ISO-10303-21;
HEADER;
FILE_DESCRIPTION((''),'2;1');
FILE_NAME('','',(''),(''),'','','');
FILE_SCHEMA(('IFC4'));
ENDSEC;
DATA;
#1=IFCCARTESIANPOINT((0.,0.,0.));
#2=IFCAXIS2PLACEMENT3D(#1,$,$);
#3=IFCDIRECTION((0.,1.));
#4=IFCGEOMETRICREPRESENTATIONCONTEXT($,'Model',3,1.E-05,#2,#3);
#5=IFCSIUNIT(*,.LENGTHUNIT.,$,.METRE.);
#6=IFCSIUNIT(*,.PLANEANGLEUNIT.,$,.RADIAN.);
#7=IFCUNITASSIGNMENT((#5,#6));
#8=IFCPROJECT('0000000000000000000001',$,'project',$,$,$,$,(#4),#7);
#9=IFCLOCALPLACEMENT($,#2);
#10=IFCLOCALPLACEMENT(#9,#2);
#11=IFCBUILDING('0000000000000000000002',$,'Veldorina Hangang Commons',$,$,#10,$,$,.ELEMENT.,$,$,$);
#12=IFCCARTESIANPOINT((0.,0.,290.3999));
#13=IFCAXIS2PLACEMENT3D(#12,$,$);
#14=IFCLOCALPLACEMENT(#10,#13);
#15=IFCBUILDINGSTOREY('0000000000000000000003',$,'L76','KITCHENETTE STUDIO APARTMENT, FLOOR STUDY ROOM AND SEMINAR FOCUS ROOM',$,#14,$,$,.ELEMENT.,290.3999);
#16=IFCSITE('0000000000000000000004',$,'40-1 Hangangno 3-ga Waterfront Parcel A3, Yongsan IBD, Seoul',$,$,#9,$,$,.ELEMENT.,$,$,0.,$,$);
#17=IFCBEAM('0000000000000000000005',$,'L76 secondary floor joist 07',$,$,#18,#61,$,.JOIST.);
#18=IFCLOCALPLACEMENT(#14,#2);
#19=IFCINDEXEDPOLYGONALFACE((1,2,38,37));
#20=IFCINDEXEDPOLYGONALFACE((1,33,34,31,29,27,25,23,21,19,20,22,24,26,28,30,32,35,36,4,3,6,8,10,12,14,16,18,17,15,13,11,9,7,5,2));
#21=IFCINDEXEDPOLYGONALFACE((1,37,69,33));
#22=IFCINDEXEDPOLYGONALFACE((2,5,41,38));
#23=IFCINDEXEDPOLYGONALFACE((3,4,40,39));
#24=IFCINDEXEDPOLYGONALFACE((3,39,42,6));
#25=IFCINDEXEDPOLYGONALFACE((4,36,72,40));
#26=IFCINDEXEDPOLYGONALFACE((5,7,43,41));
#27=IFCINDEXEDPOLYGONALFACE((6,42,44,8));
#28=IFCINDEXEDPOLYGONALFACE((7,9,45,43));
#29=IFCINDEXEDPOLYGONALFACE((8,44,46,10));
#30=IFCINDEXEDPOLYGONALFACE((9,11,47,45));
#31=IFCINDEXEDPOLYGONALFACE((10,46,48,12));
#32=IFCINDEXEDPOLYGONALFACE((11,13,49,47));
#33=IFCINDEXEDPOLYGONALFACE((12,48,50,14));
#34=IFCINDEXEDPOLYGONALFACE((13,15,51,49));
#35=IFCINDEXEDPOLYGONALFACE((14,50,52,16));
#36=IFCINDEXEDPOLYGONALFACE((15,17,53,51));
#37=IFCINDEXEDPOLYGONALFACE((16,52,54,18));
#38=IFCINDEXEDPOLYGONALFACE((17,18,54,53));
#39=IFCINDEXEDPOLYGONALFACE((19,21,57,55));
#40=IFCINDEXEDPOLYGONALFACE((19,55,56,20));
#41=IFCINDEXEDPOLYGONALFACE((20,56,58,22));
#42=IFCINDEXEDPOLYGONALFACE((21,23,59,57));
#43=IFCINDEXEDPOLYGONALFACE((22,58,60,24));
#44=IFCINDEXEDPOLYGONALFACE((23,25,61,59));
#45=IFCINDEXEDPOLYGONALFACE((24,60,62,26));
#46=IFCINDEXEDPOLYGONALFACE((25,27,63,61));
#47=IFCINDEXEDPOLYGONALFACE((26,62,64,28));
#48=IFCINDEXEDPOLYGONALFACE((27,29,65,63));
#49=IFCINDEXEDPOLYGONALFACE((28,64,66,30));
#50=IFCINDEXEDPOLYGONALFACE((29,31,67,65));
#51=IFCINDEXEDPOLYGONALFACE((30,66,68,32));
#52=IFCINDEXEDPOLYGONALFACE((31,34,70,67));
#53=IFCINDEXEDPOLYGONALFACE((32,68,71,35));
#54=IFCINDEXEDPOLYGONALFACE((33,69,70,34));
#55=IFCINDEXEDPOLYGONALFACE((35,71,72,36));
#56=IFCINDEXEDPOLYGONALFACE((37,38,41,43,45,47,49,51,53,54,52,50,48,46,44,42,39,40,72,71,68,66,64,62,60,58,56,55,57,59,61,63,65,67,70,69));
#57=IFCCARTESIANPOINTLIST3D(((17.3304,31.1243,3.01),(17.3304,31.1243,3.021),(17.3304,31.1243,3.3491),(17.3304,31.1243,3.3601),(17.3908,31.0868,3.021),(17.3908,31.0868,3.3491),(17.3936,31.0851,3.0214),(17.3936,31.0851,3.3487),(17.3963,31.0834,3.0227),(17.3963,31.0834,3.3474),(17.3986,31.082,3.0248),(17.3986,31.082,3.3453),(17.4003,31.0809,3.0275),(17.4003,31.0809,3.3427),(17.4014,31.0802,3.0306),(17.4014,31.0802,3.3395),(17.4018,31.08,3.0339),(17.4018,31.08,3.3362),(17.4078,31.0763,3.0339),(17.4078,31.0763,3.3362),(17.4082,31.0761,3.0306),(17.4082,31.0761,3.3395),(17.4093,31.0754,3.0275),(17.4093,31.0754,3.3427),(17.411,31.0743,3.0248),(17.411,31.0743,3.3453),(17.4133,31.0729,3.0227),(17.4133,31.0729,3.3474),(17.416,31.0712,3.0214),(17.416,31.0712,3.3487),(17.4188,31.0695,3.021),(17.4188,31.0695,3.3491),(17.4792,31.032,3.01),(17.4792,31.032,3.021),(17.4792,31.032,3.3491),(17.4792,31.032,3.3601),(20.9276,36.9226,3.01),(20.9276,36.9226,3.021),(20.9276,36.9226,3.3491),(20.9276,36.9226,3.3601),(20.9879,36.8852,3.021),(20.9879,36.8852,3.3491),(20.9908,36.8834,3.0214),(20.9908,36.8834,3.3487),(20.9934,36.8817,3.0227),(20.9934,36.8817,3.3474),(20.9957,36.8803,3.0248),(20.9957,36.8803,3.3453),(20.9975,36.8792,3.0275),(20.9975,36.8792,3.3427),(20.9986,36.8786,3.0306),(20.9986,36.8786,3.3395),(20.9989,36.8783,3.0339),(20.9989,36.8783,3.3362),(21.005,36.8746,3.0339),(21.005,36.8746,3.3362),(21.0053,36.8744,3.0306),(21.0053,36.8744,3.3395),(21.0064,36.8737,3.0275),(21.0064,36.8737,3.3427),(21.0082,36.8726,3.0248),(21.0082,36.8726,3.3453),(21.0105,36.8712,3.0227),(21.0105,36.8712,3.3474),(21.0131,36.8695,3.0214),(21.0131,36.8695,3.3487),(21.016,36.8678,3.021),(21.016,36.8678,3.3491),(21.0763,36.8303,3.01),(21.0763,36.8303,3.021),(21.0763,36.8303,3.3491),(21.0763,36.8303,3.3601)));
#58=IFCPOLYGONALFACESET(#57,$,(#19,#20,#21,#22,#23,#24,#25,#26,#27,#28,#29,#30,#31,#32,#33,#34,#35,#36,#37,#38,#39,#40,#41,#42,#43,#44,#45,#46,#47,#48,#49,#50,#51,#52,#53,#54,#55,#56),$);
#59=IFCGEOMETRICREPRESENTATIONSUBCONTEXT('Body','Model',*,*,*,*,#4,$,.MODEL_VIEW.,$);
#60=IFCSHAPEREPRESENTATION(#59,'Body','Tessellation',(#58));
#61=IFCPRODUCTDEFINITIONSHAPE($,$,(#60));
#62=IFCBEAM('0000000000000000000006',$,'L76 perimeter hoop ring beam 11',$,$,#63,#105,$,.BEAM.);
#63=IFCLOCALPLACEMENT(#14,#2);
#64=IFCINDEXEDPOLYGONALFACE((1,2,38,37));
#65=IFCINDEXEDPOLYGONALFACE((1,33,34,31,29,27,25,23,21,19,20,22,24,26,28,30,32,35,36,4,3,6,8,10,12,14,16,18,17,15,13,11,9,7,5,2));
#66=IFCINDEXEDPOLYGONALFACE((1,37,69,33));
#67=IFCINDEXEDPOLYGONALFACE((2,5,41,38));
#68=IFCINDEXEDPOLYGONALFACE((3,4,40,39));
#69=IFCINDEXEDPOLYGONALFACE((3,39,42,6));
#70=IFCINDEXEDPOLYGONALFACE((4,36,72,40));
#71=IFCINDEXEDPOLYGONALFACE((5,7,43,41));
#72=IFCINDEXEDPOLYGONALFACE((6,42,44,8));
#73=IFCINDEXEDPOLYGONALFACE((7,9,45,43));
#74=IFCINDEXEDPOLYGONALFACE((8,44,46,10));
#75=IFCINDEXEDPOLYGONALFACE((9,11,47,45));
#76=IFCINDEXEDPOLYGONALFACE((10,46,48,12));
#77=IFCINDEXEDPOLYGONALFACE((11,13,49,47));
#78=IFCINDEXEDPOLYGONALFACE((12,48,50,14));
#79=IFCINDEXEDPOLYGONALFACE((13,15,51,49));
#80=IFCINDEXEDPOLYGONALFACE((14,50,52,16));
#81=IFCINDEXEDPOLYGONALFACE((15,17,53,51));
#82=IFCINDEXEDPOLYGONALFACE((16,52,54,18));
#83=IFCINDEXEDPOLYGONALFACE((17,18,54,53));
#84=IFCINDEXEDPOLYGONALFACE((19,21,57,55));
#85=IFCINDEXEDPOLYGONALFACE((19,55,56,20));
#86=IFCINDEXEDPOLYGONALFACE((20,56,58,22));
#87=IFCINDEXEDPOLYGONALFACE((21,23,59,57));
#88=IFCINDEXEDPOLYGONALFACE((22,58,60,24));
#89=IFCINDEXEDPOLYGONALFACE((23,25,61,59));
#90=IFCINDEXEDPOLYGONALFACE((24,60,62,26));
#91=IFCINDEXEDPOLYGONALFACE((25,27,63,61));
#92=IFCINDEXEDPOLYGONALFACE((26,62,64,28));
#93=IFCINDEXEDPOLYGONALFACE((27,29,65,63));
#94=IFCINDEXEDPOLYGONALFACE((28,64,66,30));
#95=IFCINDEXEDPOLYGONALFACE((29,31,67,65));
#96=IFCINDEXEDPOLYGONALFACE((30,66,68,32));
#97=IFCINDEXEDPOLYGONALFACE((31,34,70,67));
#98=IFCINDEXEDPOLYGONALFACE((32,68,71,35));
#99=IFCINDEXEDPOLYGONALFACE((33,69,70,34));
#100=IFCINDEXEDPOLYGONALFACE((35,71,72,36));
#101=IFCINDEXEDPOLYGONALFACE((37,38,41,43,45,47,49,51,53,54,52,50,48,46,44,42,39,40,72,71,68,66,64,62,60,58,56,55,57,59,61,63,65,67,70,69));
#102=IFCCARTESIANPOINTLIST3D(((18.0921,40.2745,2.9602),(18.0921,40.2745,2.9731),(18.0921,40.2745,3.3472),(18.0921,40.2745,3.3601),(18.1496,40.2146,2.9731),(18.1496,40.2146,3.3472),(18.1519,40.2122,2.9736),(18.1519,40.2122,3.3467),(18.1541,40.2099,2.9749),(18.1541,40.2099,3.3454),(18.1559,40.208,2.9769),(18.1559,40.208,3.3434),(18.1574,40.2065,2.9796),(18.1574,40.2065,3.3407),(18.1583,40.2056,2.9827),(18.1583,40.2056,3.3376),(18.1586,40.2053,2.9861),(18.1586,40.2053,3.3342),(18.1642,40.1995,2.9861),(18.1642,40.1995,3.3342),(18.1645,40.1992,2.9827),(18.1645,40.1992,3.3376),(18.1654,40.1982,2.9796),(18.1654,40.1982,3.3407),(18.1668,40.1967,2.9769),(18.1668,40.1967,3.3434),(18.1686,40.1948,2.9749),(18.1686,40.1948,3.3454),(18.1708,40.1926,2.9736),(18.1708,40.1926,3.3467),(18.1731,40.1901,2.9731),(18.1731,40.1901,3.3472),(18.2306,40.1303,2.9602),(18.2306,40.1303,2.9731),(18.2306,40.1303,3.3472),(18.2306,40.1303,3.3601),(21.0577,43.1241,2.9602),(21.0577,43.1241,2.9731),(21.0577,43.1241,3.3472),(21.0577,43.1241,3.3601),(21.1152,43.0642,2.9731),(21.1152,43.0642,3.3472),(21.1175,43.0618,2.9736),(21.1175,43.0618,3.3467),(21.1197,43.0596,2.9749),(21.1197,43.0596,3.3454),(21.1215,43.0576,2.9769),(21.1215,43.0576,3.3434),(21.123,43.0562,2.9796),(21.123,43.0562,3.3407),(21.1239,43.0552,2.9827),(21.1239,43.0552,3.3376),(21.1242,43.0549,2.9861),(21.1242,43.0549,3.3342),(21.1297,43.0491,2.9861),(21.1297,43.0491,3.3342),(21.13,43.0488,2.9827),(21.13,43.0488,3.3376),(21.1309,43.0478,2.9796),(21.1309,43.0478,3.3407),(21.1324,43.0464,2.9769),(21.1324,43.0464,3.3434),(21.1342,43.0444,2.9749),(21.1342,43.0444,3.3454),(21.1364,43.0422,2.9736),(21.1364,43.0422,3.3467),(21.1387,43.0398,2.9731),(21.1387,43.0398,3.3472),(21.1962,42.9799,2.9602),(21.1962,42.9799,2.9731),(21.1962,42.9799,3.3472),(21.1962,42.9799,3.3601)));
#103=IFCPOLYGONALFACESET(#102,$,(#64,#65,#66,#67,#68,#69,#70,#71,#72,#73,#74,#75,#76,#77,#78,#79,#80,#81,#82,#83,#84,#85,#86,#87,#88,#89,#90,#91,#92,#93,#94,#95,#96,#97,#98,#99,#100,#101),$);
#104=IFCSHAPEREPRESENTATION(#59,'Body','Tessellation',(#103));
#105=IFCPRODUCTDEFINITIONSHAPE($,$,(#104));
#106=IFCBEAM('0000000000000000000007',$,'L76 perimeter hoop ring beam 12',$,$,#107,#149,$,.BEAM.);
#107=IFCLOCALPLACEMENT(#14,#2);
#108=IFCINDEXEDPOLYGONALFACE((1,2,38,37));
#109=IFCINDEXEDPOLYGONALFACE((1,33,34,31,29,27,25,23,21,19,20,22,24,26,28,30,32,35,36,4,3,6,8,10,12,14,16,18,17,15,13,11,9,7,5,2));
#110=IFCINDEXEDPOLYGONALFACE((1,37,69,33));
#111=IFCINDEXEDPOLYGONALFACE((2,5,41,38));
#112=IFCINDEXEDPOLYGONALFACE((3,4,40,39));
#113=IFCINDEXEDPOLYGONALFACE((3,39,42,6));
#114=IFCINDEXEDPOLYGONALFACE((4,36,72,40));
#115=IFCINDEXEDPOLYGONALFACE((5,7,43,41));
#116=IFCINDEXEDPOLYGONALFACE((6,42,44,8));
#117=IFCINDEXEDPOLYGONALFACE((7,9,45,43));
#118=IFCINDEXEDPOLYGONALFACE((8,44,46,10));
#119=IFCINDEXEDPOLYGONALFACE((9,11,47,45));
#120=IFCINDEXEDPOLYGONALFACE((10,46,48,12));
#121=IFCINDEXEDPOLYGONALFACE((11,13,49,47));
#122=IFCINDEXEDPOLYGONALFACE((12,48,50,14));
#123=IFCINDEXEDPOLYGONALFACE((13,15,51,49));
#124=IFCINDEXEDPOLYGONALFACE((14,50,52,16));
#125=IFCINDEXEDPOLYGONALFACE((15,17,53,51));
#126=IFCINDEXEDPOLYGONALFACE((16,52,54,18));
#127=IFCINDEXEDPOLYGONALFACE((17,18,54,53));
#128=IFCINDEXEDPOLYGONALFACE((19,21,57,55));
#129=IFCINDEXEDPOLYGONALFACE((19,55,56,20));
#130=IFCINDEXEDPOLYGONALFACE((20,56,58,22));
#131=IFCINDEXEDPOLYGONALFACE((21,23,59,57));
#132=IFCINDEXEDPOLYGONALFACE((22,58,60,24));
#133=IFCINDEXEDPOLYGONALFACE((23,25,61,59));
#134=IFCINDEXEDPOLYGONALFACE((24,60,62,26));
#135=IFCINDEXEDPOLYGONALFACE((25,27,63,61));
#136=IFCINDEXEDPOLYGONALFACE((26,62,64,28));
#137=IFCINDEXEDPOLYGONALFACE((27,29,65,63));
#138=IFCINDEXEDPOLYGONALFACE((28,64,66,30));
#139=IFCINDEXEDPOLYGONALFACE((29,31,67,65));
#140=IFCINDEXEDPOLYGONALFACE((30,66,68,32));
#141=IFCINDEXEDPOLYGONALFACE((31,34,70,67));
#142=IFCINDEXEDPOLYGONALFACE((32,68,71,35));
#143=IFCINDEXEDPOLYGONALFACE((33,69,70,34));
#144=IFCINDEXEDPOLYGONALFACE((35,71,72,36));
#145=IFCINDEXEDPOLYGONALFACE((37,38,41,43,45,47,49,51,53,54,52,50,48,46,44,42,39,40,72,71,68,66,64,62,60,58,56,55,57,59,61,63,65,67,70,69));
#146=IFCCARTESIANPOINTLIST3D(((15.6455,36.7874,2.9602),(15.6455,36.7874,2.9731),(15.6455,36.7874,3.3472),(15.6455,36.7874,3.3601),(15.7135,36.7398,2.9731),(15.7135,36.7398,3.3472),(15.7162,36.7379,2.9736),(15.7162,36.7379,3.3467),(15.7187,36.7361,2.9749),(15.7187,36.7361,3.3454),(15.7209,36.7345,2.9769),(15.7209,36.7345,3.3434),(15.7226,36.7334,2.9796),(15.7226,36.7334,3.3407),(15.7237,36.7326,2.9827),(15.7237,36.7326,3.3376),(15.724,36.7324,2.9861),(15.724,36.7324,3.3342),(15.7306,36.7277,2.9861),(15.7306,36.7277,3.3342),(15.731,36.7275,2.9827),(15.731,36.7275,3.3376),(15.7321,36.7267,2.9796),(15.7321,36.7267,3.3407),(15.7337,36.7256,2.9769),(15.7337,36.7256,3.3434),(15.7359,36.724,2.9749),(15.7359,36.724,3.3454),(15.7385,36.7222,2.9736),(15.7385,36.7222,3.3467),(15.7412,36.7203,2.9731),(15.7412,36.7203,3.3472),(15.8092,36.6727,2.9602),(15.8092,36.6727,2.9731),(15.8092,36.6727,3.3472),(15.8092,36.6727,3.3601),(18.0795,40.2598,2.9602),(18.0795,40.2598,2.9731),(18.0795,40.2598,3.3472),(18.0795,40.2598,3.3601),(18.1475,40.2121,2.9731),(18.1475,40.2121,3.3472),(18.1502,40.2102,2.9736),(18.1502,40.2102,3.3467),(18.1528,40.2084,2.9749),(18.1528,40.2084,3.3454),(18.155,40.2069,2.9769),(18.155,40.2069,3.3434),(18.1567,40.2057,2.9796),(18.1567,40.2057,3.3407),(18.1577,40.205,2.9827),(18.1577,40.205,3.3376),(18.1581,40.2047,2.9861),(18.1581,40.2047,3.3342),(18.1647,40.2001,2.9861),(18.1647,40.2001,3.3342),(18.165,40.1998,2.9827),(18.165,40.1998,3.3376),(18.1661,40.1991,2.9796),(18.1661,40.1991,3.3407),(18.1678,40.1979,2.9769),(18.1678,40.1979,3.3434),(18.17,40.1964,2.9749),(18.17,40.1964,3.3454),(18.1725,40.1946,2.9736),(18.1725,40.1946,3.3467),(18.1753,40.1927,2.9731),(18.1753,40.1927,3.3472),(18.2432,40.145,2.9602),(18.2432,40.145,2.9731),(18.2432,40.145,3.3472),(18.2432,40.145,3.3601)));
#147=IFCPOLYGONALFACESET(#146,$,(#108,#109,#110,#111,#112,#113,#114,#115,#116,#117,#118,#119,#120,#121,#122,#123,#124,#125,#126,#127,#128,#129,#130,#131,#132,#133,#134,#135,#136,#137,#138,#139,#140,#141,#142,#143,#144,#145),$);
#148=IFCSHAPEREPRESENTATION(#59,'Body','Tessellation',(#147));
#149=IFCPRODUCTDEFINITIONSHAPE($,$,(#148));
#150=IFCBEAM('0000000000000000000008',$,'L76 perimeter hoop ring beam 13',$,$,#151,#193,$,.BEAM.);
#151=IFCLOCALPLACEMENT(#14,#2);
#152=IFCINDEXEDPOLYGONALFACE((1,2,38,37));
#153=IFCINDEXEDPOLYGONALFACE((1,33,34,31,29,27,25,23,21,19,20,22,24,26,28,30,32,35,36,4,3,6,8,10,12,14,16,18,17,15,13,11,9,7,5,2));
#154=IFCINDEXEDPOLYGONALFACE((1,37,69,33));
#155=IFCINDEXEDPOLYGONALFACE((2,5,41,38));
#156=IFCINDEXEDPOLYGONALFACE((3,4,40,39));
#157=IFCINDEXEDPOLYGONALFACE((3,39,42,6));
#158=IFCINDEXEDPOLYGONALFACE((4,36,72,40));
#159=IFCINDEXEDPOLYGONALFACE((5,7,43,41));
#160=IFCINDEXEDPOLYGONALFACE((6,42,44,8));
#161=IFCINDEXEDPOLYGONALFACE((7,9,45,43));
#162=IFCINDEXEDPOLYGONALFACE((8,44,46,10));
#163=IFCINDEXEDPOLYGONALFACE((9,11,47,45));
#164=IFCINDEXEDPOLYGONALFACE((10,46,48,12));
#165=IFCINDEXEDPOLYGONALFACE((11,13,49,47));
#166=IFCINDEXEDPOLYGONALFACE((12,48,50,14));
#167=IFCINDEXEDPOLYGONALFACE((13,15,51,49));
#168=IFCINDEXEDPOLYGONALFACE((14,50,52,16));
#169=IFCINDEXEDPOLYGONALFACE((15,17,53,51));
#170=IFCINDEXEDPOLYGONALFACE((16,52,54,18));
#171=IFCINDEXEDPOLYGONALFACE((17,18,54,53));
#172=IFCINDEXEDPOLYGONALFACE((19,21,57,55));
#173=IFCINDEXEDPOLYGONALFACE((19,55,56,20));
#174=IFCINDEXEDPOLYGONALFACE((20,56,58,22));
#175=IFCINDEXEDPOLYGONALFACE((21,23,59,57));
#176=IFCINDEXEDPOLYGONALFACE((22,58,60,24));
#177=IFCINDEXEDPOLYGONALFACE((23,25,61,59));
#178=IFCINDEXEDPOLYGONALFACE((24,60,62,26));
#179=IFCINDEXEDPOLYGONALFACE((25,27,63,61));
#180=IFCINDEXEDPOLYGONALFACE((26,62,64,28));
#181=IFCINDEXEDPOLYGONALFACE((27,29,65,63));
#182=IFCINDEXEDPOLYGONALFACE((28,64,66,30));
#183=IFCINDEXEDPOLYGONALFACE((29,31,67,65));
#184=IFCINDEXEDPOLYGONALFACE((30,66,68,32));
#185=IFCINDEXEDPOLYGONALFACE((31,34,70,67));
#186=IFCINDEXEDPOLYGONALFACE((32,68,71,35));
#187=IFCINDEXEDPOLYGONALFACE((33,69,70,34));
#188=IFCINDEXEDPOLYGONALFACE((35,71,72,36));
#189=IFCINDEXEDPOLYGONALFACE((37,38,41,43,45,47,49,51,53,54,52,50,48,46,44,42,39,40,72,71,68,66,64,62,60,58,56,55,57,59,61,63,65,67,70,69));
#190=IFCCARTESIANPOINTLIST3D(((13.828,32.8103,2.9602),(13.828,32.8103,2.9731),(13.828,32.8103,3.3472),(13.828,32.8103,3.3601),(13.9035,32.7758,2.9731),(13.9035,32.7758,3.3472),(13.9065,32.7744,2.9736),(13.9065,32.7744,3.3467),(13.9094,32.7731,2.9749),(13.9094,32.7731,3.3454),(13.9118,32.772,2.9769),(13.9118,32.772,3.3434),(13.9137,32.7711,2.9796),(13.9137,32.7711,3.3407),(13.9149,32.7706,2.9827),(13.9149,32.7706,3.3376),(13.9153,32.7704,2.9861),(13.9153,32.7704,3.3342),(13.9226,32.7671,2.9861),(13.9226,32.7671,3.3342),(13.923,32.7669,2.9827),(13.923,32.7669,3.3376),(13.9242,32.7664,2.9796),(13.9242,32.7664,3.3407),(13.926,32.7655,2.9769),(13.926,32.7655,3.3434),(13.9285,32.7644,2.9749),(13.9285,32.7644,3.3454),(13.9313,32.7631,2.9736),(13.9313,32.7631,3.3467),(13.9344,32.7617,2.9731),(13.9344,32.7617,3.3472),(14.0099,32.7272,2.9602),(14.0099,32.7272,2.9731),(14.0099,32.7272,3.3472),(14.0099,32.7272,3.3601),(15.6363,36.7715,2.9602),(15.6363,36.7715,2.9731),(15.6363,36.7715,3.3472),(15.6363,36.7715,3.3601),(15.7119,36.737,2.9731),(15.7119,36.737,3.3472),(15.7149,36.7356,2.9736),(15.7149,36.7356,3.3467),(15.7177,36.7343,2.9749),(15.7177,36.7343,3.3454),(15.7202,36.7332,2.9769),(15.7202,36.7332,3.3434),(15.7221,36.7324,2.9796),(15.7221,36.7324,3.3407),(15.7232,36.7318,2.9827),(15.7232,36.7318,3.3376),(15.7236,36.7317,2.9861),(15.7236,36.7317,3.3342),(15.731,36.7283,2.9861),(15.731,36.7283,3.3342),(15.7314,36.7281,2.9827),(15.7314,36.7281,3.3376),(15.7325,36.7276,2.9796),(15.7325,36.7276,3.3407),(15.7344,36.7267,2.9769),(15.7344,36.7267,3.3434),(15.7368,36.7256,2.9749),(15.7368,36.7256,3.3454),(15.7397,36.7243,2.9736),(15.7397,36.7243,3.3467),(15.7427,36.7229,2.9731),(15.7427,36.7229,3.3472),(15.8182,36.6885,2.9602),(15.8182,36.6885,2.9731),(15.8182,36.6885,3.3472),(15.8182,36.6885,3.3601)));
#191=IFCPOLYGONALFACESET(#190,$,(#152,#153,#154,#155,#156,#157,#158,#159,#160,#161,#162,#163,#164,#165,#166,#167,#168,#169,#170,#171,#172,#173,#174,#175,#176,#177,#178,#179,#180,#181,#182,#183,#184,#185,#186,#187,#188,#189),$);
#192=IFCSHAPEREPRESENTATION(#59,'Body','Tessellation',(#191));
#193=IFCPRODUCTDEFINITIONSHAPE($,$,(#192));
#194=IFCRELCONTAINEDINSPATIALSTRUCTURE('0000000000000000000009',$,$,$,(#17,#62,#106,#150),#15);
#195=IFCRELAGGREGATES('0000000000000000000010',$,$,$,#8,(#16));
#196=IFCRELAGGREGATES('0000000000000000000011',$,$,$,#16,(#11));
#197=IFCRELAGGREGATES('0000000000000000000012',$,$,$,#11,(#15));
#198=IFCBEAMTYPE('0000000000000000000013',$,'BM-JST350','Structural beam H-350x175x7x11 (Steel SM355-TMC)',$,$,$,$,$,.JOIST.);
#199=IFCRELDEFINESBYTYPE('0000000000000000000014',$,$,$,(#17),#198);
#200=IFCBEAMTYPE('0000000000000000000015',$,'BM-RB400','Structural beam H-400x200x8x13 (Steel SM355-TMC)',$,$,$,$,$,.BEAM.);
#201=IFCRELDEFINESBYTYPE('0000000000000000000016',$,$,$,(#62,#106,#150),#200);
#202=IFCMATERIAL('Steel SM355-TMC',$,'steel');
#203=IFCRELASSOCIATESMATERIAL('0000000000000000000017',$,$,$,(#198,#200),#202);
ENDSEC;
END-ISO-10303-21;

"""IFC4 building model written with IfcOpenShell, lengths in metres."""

from ifc_helpers import new_model, si_unit, direction, frame, origin, origin_2d, place, context, subcontext, project, spatial, i_section, extrude, material, material_profile, profile_set, type_object, element, save


model = new_model("IFC4")

# Units and contexts
model_context = context("Model", 3, precision=1e-05, world=origin(), true_north=direction((0.0, 1.0)))
body_context = subcontext(model_context, "Body", "Model", "MODEL_VIEW")
ifc_project = project(units=[si_unit("LENGTHUNIT", "METRE"), si_unit("PLANEANGLEUNIT", "RADIAN")], contexts=[model_context])

# Site, building, storey
site_placement = place(None, origin())
site = spatial("IfcSite", under=ifc_project, at=site_placement, Name="40-1 Hangangno 3-ga Waterfront Parcel A3, Yongsan IBD, Seoul", CompositionType="ELEMENT", RefElevation=0.0)
building_placement = place(site_placement, origin())
building = spatial("IfcBuilding", under=site, at=building_placement, Name="Veldorina Hangang Commons", CompositionType="ELEMENT")
storey_placement = place(building_placement, frame((0.0, 0.0, 290.3999)))
storey = spatial("IfcBuildingStorey", under=building, at=storey_placement, Name="L76", Description="KITCHENETTE STUDIO APARTMENT, FLOOR STUDY ROOM AND SEMINAR FOCUS ROOM", CompositionType="ELEMENT", Elevation=290.3999)

# Beams
ifc_material_1 = material(Name="Steel SM355-TMC", Category="steel")
ifc_material_profile_1 = material_profile(ifc_material_1, i_section(OverallWidth=0.175, OverallDepth=0.3501, WebThickness=0.0071, FlangeThickness=0.011, FilletRadius=0.0129, at=origin_2d()), Name="H-350x175x7x11")
ifc_profile_set_1 = profile_set([ifc_material_profile_1], Name="Steel SM355-TMC")
beam_type_1 = type_object("IfcBeamType", Name="BM-JST350", Description="Structural beam H-350x175x7x11 (Steel SM355-TMC)", PredefinedType="JOIST", material=ifc_profile_set_1)
beam_1_placement = place(storey_placement, frame((21.002, 36.8765, 3.1851), z_axis=(-0.527172, -0.849758, 0.0), x_axis=(0.849758, -0.527172, 0.0)))
element("IfcBeam", 1, at=beam_1_placement, inside=storey, type_object=beam_type_1, Name="L76 secondary floor joist 07", PredefinedType="JOIST", context=body_context, shape_type="SweptSolid", body=[
    extrude(i_section(OverallWidth=0.175, OverallDepth=0.3501, WebThickness=0.0071, FlangeThickness=0.011, FilletRadius=0.0129, at=origin_2d()), origin(), (0.0, 0.0, 1.0), 6.8235),
])
ifc_material_profile_2 = material_profile(ifc_material_1, i_section(OverallWidth=0.2, OverallDepth=0.3999, WebThickness=0.0081, FlangeThickness=0.0129, FilletRadius=0.0129, at=origin_2d()), Name="H-400x200x8x13")
ifc_profile_set_2 = profile_set([ifc_material_profile_2], Name="Steel SM355-TMC")
beam_type_2 = type_object("IfcBeamType", Name="BM-RB400", Description="Structural beam H-400x200x8x13 (Steel SM355-TMC)", PredefinedType="BEAM", material=ifc_profile_set_2)
beam_2_placement = place(storey_placement, frame((21.127, 43.052, 3.1602), z_axis=(-0.721065, -0.692868, 0.0), x_axis=(0.692868, -0.721065, 0.0)))
element("IfcBeam", 2, at=beam_2_placement, inside=storey, type_object=beam_type_2, Name="L76 perimeter hoop ring beam 11", PredefinedType="BEAM", context=body_context, shape_type="SweptSolid", body=[
    extrude(i_section(OverallWidth=0.2, OverallDepth=0.3999, WebThickness=0.0081, FlangeThickness=0.0129, FilletRadius=0.0129, at=origin_2d()), origin(), (0.0, 0.0, 1.0), 4.1128),
])
beam_3_placement = place(storey_placement, frame((18.1614, 40.2024, 3.1602), z_axis=(-0.573999, -0.818856, 0.0), x_axis=(0.818856, -0.573999, 0.0)))
element("IfcBeam", 3, at=beam_3_placement, inside=storey, type_object=beam_type_2, Name="L76 perimeter hoop ring beam 12", PredefinedType="BEAM", context=body_context, shape_type="SweptSolid", body=[
    extrude(i_section(OverallWidth=0.2, OverallDepth=0.3999, WebThickness=0.0081, FlangeThickness=0.0129, FilletRadius=0.0129, at=origin_2d()), origin(), (0.0, 0.0, 1.0), 4.2405),
])
beam_4_placement = place(storey_placement, frame((15.7273, 36.73, 3.1602), z_axis=(-0.415289, -0.909689, 0.0), x_axis=(0.909689, -0.415289, 0.0)))
element("IfcBeam", 4, at=beam_4_placement, inside=storey, type_object=beam_type_2, Name="L76 perimeter hoop ring beam 13", PredefinedType="BEAM", context=body_context, shape_type="SweptSolid", body=[
    extrude(i_section(OverallWidth=0.2, OverallDepth=0.3999, WebThickness=0.0081, FlangeThickness=0.0129, FilletRadius=0.0129, at=origin_2d()), origin(), (0.0, 0.0, 1.0), 4.3545),
])

save(model, "model.ifc")
